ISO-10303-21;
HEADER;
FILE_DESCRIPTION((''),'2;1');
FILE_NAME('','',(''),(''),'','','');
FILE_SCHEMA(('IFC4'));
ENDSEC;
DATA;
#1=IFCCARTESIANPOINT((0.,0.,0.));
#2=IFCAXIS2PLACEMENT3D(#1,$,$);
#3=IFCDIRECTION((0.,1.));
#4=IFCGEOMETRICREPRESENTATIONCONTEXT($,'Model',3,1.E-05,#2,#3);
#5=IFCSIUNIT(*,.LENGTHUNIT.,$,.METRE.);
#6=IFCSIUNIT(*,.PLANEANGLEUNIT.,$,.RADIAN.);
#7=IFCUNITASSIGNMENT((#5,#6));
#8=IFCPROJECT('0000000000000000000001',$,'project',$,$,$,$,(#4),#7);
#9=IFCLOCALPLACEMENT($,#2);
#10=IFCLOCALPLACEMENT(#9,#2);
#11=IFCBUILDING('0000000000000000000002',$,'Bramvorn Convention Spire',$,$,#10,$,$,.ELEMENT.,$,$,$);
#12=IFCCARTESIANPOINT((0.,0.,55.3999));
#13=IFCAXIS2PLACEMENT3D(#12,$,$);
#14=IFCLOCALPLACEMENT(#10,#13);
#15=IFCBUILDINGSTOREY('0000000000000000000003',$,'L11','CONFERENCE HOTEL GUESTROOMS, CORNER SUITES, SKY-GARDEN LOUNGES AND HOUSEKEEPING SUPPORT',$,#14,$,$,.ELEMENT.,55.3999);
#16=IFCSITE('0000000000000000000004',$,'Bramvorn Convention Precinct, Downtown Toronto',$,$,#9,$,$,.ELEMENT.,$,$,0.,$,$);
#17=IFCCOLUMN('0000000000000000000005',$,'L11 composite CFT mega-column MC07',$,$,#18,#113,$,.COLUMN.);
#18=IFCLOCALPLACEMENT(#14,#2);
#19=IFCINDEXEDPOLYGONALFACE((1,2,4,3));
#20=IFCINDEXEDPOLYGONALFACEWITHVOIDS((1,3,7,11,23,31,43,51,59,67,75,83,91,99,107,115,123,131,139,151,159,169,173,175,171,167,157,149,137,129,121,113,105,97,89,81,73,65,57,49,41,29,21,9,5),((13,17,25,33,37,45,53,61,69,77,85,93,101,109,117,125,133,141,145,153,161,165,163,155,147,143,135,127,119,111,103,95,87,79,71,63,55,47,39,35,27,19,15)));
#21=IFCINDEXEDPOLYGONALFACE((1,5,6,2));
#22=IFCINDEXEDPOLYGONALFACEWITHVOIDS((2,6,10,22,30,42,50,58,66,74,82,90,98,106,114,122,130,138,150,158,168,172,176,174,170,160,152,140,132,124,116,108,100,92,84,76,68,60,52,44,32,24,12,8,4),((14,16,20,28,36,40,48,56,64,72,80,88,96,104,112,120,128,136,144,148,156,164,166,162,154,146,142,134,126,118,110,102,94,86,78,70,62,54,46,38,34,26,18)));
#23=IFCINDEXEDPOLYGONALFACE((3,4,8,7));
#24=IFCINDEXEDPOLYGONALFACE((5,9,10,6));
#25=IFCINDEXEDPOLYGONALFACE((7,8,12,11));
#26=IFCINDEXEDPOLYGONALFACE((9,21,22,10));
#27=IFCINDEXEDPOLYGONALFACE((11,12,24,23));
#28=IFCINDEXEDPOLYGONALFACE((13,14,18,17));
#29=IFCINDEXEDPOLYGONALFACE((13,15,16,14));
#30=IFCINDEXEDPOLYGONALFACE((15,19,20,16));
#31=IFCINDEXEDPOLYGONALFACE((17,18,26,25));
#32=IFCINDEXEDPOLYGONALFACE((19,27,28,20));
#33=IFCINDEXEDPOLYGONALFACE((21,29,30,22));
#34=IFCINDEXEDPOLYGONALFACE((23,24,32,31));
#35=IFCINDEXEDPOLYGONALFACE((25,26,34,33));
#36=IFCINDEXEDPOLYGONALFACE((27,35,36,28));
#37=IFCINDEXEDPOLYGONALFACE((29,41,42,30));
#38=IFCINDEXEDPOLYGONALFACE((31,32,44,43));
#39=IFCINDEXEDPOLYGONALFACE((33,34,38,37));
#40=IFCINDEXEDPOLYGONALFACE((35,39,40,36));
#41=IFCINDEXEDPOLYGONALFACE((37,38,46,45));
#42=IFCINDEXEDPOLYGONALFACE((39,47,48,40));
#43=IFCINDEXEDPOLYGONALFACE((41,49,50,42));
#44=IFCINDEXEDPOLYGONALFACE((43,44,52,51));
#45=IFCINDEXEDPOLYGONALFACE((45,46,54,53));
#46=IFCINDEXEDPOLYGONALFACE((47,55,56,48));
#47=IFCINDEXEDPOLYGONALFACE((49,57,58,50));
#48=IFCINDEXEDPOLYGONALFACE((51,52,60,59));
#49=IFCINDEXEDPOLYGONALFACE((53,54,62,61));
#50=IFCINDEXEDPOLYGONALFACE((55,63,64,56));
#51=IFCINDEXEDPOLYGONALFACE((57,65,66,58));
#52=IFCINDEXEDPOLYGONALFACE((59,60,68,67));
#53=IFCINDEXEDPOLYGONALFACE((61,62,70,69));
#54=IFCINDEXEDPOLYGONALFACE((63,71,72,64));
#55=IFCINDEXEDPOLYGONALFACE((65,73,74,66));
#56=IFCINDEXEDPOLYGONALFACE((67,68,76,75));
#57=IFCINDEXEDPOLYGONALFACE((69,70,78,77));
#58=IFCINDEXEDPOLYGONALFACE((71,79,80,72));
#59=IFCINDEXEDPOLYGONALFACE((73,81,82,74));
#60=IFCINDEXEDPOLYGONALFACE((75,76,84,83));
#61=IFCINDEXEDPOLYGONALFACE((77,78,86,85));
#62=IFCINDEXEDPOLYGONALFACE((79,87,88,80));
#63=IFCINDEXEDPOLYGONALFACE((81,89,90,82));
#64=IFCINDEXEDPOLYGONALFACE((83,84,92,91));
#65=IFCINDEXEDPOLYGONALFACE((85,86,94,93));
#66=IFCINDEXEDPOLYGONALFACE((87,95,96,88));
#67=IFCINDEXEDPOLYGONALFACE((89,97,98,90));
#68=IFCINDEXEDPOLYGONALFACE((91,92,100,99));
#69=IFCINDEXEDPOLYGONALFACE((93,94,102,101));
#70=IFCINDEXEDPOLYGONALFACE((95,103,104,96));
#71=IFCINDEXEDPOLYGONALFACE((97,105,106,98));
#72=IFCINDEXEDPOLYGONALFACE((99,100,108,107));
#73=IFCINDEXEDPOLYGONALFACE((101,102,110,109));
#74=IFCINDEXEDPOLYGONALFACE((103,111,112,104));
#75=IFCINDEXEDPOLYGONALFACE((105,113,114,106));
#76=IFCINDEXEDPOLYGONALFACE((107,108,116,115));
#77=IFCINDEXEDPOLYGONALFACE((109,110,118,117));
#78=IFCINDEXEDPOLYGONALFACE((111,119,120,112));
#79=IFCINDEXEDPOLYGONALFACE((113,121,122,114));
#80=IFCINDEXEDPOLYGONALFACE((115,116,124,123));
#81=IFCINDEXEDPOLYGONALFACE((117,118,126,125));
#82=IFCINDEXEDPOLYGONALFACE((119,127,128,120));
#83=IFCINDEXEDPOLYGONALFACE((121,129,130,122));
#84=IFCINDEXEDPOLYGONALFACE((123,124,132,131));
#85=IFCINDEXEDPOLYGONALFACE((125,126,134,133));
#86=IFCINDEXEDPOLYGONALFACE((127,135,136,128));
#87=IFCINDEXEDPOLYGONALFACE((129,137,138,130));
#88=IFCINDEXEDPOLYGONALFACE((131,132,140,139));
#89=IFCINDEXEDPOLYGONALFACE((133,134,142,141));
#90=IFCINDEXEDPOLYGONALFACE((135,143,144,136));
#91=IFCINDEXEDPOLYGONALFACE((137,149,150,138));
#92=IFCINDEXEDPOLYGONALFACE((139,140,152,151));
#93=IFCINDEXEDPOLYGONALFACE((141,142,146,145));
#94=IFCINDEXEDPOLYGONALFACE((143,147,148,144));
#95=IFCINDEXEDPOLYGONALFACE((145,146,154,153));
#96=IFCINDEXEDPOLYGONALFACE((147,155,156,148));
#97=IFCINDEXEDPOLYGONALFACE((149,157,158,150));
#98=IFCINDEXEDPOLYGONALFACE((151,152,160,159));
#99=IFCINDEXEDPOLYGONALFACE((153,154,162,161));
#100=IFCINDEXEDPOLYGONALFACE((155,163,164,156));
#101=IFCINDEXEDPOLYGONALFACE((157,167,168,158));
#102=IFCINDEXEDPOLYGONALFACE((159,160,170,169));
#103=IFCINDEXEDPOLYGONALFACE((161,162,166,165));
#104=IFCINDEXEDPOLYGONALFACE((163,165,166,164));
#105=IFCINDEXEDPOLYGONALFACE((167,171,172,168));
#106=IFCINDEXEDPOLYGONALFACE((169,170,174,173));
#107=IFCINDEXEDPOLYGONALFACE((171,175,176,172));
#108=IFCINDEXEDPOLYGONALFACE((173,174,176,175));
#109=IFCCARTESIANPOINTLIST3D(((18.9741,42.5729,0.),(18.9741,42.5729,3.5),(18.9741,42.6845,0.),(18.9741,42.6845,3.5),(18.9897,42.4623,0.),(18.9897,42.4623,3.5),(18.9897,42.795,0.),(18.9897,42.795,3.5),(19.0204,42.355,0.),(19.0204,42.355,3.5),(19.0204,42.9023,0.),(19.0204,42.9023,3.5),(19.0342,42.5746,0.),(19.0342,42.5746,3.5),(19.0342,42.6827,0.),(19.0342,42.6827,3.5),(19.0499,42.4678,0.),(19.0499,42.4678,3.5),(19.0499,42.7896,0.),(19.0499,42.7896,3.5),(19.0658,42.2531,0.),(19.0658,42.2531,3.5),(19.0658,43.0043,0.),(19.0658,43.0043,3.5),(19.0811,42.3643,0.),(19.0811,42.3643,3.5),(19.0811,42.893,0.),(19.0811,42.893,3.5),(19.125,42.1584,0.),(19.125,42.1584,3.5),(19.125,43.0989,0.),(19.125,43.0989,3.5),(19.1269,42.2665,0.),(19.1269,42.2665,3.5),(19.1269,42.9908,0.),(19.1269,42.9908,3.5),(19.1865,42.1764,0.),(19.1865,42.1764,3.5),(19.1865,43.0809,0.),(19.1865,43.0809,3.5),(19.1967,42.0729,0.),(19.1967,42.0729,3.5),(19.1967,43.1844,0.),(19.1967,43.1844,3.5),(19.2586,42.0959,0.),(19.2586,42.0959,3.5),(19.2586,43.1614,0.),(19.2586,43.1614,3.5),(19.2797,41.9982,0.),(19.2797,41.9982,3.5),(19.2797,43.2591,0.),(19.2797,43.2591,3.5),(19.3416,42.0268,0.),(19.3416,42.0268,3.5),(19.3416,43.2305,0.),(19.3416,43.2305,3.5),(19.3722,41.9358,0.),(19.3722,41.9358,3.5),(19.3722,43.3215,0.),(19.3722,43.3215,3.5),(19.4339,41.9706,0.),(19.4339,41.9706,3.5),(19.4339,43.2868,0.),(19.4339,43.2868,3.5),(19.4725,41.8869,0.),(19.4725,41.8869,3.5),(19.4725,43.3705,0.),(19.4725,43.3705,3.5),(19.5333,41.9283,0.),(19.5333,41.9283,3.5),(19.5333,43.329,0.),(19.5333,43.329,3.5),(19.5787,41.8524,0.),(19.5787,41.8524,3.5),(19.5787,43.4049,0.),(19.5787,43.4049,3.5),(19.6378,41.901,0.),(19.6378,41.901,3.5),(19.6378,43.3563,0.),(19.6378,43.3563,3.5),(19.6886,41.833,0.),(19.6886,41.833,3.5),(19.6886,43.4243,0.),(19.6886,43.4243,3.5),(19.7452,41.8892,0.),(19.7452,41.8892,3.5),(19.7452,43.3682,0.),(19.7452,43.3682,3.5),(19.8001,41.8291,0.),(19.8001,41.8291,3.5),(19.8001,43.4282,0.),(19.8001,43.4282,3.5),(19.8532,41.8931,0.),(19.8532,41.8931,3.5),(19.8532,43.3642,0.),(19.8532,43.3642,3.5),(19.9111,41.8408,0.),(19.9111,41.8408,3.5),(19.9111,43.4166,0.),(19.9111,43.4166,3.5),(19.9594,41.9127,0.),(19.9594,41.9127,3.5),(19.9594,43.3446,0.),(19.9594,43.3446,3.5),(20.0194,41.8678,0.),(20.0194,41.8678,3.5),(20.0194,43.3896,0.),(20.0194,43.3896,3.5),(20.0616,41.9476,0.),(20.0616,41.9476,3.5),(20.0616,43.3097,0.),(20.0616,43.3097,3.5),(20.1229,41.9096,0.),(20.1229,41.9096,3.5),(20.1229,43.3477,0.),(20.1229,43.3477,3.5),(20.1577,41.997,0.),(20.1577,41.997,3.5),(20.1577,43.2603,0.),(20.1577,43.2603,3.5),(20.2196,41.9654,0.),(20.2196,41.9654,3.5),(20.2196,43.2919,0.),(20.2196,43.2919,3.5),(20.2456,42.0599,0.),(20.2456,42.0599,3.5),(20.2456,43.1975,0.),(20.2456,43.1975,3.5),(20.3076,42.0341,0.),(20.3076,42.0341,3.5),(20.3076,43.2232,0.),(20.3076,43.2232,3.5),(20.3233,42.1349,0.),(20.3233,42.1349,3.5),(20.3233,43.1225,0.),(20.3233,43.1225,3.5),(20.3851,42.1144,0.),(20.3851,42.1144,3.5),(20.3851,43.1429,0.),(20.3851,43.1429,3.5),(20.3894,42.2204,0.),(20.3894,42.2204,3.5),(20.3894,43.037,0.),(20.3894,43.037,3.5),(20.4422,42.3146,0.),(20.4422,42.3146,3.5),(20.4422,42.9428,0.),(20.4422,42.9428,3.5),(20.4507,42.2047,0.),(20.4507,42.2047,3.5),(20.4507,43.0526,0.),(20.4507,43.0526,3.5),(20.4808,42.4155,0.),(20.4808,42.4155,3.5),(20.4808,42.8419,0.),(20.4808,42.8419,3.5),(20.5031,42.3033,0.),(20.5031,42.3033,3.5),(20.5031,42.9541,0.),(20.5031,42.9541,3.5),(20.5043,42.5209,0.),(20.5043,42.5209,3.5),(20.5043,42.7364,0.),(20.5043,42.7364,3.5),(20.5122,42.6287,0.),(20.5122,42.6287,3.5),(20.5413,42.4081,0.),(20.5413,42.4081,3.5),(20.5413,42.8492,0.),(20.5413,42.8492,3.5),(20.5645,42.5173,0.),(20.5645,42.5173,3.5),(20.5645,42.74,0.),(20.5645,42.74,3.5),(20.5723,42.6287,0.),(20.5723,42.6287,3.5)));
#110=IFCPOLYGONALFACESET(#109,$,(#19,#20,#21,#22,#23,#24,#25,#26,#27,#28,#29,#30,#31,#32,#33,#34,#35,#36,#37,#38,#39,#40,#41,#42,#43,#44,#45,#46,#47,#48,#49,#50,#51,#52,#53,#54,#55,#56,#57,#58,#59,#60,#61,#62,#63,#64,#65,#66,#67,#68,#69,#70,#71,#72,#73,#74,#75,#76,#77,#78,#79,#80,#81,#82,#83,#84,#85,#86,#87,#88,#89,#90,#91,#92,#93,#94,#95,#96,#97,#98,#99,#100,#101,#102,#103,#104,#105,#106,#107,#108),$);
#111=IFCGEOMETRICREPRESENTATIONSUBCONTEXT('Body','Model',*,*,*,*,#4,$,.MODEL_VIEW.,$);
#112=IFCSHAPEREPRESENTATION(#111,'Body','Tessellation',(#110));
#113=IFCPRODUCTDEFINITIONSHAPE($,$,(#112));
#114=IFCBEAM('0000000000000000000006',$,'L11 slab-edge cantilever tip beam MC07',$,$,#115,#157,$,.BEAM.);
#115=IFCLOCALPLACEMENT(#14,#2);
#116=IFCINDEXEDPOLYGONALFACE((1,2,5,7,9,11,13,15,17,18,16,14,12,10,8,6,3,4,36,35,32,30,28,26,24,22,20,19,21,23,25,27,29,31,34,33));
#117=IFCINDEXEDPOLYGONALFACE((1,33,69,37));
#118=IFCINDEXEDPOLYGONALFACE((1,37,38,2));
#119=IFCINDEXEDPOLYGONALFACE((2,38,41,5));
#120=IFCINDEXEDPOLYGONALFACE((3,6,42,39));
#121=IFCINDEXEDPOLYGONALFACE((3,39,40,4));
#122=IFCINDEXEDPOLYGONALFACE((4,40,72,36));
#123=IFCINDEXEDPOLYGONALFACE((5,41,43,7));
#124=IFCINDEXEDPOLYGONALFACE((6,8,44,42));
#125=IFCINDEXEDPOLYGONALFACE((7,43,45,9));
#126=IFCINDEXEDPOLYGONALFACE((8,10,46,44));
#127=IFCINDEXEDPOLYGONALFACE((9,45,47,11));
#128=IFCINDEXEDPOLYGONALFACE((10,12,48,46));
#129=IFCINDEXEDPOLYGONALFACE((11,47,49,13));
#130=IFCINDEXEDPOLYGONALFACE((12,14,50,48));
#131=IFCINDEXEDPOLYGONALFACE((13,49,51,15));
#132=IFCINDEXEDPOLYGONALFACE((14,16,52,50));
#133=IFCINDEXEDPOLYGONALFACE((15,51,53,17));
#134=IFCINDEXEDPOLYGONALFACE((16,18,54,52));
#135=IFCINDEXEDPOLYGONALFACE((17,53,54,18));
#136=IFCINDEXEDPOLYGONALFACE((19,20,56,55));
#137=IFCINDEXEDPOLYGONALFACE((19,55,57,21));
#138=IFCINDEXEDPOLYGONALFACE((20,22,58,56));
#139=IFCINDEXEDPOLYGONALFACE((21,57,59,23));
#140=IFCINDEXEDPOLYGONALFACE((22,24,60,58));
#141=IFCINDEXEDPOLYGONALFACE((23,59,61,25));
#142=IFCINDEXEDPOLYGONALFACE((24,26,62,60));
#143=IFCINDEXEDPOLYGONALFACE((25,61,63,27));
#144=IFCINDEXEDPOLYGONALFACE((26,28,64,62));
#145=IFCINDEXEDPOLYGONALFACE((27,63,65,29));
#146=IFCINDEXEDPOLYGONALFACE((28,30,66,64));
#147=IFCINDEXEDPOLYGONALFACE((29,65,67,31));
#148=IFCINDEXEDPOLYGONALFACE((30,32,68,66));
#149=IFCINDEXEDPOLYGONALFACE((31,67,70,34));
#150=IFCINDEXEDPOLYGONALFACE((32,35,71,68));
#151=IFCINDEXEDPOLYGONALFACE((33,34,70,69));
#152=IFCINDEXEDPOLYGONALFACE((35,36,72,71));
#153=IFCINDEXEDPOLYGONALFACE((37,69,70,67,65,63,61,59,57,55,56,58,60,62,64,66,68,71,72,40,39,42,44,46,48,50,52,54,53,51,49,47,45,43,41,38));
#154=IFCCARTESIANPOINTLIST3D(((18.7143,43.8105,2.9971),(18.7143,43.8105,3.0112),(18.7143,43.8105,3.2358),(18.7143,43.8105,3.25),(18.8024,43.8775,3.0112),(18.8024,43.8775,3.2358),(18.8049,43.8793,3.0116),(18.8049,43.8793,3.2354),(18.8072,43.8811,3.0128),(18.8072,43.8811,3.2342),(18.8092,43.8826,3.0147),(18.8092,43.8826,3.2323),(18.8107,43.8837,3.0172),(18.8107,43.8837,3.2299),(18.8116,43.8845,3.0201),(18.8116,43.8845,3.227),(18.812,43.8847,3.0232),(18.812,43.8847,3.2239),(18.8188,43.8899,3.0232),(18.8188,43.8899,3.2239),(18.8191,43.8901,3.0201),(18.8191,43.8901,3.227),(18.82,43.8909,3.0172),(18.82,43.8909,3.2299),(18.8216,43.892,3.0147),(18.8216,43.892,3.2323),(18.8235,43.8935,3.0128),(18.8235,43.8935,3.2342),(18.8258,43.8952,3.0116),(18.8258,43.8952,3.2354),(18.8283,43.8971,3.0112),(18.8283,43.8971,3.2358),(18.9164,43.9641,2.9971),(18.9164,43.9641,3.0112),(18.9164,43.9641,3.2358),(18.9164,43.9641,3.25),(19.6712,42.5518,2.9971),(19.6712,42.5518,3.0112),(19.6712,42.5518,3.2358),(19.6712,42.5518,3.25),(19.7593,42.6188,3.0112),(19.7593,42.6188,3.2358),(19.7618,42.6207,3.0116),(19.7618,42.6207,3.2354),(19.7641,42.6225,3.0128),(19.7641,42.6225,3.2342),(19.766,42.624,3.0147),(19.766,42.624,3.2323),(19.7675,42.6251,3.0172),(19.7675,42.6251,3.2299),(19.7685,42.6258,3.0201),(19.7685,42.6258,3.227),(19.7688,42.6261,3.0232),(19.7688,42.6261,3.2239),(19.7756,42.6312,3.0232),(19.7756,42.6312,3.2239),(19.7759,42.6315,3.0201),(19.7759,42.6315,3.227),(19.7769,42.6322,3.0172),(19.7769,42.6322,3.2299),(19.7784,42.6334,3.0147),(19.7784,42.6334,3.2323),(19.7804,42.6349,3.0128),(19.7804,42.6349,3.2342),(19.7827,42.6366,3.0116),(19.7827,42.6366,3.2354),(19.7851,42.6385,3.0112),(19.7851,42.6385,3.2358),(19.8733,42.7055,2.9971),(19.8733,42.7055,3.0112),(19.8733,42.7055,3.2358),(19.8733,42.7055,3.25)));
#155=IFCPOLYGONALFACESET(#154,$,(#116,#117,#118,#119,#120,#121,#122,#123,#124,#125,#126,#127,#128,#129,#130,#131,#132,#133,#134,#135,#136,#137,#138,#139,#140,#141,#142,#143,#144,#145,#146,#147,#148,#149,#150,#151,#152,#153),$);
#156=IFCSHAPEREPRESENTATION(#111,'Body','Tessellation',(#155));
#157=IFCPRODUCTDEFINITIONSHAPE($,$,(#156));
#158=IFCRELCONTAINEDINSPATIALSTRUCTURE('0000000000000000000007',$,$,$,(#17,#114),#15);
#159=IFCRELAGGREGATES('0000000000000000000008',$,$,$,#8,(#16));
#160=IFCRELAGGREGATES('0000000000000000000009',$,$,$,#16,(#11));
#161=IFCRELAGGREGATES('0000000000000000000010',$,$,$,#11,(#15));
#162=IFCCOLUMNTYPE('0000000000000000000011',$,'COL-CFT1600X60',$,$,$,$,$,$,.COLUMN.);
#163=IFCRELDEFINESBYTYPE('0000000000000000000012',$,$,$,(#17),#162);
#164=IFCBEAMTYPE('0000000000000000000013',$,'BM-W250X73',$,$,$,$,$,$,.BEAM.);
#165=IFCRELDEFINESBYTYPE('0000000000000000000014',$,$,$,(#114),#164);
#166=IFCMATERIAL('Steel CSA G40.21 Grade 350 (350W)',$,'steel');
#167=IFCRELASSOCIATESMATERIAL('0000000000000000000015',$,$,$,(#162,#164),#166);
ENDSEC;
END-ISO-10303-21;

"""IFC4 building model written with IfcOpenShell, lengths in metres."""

from ifc_helpers import new_model, si_unit, direction, frame, origin, origin_2d, place, context, subcontext, project, spatial, hollow_circle, i_section, extrude, material, material_profile, profile_set, type_object, element, save


model = new_model("IFC4")

# Units and contexts
model_context = context("Model", 3, precision=1e-05, world=origin(), true_north=direction((0.0, 1.0)))
body_context = subcontext(model_context, "Body", "Model", "MODEL_VIEW")
ifc_project = project(units=[si_unit("LENGTHUNIT", "METRE"), si_unit("PLANEANGLEUNIT", "RADIAN")], contexts=[model_context])

# Site, building, storey
site_placement = place(None, origin())
site = spatial("IfcSite", under=ifc_project, at=site_placement, Name="Bramvorn Convention Precinct, Downtown Toronto", CompositionType="ELEMENT", RefElevation=0.0)
building_placement = place(site_placement, origin())
building = spatial("IfcBuilding", under=site, at=building_placement, Name="Bramvorn Convention Spire", CompositionType="ELEMENT")
storey_placement = place(building_placement, frame((0.0, 0.0, 55.3999)))
storey = spatial("IfcBuildingStorey", under=building, at=storey_placement, Name="L11", Description="CONFERENCE HOTEL GUESTROOMS, CORNER SUITES, SKY-GARDEN LOUNGES AND HOUSEKEEPING SUPPORT", CompositionType="ELEMENT", Elevation=55.3999)

# Column
ifc_material_1 = material(Name="Steel CSA G40.21 Grade 350 (350W)", Category="steel")
ifc_material_profile_1 = material_profile(ifc_material_1, hollow_circle(Radius=0.8, WallThickness=0.0601, at=origin_2d()))
ifc_profile_set_1 = profile_set([ifc_material_profile_1], Name="Steel CSA G40.21 Grade 350 (350W) - CFT1600X60")
column_type = type_object("IfcColumnType", Name="COL-CFT1600X60", PredefinedType="COLUMN", material=ifc_profile_set_1)
column_placement = place(storey_placement, frame((19.7722, 42.6287, 0.0), z_axis=(0.0, 0.0, 1.0), x_axis=(1.0, 0.0, 0.0)))
element("IfcColumn", 1, at=column_placement, inside=storey, type_object=column_type, Name="L11 composite CFT mega-column MC07", PredefinedType="COLUMN", context=body_context, shape_type="SweptSolid", body=[
    extrude(hollow_circle(Radius=0.8, WallThickness=0.0601, at=origin_2d()), origin(), (0.0, 0.0, 1.0), 3.5),
])

# Beam
ifc_material_profile_2 = material_profile(ifc_material_1, i_section(OverallWidth=0.2539, OverallDepth=0.2529, WebThickness=0.0085, FlangeThickness=0.0142, FilletRadius=0.012, at=origin_2d()))
ifc_profile_set_2 = profile_set([ifc_material_profile_2], Name="Steel CSA G40.21 Grade 350 (350W) - W250X73")
beam_type_1 = type_object("IfcBeamType", Name="BM-W250X73", PredefinedType="BEAM", material=ifc_profile_set_2)
beam_1_placement = place(storey_placement, frame((19.7722, 42.6287, 3.1235), z_axis=(-0.605201, 0.796073, 0.0), x_axis=(-0.796073, -0.605201, 0.0)))
element("IfcBeam", 2, at=beam_1_placement, inside=storey, type_object=beam_type_1, Name="L11 slab-edge cantilever tip beam MC07", PredefinedType="BEAM", context=body_context, shape_type="SweptSolid", body=[
    extrude(i_section(OverallWidth=0.2539, OverallDepth=0.2529, WebThickness=0.0085, FlangeThickness=0.0142, FilletRadius=0.012, at=origin_2d()), origin(), (0.0, 0.0, 1.0), 1.5811),
])

save(model, "model.ifc")
